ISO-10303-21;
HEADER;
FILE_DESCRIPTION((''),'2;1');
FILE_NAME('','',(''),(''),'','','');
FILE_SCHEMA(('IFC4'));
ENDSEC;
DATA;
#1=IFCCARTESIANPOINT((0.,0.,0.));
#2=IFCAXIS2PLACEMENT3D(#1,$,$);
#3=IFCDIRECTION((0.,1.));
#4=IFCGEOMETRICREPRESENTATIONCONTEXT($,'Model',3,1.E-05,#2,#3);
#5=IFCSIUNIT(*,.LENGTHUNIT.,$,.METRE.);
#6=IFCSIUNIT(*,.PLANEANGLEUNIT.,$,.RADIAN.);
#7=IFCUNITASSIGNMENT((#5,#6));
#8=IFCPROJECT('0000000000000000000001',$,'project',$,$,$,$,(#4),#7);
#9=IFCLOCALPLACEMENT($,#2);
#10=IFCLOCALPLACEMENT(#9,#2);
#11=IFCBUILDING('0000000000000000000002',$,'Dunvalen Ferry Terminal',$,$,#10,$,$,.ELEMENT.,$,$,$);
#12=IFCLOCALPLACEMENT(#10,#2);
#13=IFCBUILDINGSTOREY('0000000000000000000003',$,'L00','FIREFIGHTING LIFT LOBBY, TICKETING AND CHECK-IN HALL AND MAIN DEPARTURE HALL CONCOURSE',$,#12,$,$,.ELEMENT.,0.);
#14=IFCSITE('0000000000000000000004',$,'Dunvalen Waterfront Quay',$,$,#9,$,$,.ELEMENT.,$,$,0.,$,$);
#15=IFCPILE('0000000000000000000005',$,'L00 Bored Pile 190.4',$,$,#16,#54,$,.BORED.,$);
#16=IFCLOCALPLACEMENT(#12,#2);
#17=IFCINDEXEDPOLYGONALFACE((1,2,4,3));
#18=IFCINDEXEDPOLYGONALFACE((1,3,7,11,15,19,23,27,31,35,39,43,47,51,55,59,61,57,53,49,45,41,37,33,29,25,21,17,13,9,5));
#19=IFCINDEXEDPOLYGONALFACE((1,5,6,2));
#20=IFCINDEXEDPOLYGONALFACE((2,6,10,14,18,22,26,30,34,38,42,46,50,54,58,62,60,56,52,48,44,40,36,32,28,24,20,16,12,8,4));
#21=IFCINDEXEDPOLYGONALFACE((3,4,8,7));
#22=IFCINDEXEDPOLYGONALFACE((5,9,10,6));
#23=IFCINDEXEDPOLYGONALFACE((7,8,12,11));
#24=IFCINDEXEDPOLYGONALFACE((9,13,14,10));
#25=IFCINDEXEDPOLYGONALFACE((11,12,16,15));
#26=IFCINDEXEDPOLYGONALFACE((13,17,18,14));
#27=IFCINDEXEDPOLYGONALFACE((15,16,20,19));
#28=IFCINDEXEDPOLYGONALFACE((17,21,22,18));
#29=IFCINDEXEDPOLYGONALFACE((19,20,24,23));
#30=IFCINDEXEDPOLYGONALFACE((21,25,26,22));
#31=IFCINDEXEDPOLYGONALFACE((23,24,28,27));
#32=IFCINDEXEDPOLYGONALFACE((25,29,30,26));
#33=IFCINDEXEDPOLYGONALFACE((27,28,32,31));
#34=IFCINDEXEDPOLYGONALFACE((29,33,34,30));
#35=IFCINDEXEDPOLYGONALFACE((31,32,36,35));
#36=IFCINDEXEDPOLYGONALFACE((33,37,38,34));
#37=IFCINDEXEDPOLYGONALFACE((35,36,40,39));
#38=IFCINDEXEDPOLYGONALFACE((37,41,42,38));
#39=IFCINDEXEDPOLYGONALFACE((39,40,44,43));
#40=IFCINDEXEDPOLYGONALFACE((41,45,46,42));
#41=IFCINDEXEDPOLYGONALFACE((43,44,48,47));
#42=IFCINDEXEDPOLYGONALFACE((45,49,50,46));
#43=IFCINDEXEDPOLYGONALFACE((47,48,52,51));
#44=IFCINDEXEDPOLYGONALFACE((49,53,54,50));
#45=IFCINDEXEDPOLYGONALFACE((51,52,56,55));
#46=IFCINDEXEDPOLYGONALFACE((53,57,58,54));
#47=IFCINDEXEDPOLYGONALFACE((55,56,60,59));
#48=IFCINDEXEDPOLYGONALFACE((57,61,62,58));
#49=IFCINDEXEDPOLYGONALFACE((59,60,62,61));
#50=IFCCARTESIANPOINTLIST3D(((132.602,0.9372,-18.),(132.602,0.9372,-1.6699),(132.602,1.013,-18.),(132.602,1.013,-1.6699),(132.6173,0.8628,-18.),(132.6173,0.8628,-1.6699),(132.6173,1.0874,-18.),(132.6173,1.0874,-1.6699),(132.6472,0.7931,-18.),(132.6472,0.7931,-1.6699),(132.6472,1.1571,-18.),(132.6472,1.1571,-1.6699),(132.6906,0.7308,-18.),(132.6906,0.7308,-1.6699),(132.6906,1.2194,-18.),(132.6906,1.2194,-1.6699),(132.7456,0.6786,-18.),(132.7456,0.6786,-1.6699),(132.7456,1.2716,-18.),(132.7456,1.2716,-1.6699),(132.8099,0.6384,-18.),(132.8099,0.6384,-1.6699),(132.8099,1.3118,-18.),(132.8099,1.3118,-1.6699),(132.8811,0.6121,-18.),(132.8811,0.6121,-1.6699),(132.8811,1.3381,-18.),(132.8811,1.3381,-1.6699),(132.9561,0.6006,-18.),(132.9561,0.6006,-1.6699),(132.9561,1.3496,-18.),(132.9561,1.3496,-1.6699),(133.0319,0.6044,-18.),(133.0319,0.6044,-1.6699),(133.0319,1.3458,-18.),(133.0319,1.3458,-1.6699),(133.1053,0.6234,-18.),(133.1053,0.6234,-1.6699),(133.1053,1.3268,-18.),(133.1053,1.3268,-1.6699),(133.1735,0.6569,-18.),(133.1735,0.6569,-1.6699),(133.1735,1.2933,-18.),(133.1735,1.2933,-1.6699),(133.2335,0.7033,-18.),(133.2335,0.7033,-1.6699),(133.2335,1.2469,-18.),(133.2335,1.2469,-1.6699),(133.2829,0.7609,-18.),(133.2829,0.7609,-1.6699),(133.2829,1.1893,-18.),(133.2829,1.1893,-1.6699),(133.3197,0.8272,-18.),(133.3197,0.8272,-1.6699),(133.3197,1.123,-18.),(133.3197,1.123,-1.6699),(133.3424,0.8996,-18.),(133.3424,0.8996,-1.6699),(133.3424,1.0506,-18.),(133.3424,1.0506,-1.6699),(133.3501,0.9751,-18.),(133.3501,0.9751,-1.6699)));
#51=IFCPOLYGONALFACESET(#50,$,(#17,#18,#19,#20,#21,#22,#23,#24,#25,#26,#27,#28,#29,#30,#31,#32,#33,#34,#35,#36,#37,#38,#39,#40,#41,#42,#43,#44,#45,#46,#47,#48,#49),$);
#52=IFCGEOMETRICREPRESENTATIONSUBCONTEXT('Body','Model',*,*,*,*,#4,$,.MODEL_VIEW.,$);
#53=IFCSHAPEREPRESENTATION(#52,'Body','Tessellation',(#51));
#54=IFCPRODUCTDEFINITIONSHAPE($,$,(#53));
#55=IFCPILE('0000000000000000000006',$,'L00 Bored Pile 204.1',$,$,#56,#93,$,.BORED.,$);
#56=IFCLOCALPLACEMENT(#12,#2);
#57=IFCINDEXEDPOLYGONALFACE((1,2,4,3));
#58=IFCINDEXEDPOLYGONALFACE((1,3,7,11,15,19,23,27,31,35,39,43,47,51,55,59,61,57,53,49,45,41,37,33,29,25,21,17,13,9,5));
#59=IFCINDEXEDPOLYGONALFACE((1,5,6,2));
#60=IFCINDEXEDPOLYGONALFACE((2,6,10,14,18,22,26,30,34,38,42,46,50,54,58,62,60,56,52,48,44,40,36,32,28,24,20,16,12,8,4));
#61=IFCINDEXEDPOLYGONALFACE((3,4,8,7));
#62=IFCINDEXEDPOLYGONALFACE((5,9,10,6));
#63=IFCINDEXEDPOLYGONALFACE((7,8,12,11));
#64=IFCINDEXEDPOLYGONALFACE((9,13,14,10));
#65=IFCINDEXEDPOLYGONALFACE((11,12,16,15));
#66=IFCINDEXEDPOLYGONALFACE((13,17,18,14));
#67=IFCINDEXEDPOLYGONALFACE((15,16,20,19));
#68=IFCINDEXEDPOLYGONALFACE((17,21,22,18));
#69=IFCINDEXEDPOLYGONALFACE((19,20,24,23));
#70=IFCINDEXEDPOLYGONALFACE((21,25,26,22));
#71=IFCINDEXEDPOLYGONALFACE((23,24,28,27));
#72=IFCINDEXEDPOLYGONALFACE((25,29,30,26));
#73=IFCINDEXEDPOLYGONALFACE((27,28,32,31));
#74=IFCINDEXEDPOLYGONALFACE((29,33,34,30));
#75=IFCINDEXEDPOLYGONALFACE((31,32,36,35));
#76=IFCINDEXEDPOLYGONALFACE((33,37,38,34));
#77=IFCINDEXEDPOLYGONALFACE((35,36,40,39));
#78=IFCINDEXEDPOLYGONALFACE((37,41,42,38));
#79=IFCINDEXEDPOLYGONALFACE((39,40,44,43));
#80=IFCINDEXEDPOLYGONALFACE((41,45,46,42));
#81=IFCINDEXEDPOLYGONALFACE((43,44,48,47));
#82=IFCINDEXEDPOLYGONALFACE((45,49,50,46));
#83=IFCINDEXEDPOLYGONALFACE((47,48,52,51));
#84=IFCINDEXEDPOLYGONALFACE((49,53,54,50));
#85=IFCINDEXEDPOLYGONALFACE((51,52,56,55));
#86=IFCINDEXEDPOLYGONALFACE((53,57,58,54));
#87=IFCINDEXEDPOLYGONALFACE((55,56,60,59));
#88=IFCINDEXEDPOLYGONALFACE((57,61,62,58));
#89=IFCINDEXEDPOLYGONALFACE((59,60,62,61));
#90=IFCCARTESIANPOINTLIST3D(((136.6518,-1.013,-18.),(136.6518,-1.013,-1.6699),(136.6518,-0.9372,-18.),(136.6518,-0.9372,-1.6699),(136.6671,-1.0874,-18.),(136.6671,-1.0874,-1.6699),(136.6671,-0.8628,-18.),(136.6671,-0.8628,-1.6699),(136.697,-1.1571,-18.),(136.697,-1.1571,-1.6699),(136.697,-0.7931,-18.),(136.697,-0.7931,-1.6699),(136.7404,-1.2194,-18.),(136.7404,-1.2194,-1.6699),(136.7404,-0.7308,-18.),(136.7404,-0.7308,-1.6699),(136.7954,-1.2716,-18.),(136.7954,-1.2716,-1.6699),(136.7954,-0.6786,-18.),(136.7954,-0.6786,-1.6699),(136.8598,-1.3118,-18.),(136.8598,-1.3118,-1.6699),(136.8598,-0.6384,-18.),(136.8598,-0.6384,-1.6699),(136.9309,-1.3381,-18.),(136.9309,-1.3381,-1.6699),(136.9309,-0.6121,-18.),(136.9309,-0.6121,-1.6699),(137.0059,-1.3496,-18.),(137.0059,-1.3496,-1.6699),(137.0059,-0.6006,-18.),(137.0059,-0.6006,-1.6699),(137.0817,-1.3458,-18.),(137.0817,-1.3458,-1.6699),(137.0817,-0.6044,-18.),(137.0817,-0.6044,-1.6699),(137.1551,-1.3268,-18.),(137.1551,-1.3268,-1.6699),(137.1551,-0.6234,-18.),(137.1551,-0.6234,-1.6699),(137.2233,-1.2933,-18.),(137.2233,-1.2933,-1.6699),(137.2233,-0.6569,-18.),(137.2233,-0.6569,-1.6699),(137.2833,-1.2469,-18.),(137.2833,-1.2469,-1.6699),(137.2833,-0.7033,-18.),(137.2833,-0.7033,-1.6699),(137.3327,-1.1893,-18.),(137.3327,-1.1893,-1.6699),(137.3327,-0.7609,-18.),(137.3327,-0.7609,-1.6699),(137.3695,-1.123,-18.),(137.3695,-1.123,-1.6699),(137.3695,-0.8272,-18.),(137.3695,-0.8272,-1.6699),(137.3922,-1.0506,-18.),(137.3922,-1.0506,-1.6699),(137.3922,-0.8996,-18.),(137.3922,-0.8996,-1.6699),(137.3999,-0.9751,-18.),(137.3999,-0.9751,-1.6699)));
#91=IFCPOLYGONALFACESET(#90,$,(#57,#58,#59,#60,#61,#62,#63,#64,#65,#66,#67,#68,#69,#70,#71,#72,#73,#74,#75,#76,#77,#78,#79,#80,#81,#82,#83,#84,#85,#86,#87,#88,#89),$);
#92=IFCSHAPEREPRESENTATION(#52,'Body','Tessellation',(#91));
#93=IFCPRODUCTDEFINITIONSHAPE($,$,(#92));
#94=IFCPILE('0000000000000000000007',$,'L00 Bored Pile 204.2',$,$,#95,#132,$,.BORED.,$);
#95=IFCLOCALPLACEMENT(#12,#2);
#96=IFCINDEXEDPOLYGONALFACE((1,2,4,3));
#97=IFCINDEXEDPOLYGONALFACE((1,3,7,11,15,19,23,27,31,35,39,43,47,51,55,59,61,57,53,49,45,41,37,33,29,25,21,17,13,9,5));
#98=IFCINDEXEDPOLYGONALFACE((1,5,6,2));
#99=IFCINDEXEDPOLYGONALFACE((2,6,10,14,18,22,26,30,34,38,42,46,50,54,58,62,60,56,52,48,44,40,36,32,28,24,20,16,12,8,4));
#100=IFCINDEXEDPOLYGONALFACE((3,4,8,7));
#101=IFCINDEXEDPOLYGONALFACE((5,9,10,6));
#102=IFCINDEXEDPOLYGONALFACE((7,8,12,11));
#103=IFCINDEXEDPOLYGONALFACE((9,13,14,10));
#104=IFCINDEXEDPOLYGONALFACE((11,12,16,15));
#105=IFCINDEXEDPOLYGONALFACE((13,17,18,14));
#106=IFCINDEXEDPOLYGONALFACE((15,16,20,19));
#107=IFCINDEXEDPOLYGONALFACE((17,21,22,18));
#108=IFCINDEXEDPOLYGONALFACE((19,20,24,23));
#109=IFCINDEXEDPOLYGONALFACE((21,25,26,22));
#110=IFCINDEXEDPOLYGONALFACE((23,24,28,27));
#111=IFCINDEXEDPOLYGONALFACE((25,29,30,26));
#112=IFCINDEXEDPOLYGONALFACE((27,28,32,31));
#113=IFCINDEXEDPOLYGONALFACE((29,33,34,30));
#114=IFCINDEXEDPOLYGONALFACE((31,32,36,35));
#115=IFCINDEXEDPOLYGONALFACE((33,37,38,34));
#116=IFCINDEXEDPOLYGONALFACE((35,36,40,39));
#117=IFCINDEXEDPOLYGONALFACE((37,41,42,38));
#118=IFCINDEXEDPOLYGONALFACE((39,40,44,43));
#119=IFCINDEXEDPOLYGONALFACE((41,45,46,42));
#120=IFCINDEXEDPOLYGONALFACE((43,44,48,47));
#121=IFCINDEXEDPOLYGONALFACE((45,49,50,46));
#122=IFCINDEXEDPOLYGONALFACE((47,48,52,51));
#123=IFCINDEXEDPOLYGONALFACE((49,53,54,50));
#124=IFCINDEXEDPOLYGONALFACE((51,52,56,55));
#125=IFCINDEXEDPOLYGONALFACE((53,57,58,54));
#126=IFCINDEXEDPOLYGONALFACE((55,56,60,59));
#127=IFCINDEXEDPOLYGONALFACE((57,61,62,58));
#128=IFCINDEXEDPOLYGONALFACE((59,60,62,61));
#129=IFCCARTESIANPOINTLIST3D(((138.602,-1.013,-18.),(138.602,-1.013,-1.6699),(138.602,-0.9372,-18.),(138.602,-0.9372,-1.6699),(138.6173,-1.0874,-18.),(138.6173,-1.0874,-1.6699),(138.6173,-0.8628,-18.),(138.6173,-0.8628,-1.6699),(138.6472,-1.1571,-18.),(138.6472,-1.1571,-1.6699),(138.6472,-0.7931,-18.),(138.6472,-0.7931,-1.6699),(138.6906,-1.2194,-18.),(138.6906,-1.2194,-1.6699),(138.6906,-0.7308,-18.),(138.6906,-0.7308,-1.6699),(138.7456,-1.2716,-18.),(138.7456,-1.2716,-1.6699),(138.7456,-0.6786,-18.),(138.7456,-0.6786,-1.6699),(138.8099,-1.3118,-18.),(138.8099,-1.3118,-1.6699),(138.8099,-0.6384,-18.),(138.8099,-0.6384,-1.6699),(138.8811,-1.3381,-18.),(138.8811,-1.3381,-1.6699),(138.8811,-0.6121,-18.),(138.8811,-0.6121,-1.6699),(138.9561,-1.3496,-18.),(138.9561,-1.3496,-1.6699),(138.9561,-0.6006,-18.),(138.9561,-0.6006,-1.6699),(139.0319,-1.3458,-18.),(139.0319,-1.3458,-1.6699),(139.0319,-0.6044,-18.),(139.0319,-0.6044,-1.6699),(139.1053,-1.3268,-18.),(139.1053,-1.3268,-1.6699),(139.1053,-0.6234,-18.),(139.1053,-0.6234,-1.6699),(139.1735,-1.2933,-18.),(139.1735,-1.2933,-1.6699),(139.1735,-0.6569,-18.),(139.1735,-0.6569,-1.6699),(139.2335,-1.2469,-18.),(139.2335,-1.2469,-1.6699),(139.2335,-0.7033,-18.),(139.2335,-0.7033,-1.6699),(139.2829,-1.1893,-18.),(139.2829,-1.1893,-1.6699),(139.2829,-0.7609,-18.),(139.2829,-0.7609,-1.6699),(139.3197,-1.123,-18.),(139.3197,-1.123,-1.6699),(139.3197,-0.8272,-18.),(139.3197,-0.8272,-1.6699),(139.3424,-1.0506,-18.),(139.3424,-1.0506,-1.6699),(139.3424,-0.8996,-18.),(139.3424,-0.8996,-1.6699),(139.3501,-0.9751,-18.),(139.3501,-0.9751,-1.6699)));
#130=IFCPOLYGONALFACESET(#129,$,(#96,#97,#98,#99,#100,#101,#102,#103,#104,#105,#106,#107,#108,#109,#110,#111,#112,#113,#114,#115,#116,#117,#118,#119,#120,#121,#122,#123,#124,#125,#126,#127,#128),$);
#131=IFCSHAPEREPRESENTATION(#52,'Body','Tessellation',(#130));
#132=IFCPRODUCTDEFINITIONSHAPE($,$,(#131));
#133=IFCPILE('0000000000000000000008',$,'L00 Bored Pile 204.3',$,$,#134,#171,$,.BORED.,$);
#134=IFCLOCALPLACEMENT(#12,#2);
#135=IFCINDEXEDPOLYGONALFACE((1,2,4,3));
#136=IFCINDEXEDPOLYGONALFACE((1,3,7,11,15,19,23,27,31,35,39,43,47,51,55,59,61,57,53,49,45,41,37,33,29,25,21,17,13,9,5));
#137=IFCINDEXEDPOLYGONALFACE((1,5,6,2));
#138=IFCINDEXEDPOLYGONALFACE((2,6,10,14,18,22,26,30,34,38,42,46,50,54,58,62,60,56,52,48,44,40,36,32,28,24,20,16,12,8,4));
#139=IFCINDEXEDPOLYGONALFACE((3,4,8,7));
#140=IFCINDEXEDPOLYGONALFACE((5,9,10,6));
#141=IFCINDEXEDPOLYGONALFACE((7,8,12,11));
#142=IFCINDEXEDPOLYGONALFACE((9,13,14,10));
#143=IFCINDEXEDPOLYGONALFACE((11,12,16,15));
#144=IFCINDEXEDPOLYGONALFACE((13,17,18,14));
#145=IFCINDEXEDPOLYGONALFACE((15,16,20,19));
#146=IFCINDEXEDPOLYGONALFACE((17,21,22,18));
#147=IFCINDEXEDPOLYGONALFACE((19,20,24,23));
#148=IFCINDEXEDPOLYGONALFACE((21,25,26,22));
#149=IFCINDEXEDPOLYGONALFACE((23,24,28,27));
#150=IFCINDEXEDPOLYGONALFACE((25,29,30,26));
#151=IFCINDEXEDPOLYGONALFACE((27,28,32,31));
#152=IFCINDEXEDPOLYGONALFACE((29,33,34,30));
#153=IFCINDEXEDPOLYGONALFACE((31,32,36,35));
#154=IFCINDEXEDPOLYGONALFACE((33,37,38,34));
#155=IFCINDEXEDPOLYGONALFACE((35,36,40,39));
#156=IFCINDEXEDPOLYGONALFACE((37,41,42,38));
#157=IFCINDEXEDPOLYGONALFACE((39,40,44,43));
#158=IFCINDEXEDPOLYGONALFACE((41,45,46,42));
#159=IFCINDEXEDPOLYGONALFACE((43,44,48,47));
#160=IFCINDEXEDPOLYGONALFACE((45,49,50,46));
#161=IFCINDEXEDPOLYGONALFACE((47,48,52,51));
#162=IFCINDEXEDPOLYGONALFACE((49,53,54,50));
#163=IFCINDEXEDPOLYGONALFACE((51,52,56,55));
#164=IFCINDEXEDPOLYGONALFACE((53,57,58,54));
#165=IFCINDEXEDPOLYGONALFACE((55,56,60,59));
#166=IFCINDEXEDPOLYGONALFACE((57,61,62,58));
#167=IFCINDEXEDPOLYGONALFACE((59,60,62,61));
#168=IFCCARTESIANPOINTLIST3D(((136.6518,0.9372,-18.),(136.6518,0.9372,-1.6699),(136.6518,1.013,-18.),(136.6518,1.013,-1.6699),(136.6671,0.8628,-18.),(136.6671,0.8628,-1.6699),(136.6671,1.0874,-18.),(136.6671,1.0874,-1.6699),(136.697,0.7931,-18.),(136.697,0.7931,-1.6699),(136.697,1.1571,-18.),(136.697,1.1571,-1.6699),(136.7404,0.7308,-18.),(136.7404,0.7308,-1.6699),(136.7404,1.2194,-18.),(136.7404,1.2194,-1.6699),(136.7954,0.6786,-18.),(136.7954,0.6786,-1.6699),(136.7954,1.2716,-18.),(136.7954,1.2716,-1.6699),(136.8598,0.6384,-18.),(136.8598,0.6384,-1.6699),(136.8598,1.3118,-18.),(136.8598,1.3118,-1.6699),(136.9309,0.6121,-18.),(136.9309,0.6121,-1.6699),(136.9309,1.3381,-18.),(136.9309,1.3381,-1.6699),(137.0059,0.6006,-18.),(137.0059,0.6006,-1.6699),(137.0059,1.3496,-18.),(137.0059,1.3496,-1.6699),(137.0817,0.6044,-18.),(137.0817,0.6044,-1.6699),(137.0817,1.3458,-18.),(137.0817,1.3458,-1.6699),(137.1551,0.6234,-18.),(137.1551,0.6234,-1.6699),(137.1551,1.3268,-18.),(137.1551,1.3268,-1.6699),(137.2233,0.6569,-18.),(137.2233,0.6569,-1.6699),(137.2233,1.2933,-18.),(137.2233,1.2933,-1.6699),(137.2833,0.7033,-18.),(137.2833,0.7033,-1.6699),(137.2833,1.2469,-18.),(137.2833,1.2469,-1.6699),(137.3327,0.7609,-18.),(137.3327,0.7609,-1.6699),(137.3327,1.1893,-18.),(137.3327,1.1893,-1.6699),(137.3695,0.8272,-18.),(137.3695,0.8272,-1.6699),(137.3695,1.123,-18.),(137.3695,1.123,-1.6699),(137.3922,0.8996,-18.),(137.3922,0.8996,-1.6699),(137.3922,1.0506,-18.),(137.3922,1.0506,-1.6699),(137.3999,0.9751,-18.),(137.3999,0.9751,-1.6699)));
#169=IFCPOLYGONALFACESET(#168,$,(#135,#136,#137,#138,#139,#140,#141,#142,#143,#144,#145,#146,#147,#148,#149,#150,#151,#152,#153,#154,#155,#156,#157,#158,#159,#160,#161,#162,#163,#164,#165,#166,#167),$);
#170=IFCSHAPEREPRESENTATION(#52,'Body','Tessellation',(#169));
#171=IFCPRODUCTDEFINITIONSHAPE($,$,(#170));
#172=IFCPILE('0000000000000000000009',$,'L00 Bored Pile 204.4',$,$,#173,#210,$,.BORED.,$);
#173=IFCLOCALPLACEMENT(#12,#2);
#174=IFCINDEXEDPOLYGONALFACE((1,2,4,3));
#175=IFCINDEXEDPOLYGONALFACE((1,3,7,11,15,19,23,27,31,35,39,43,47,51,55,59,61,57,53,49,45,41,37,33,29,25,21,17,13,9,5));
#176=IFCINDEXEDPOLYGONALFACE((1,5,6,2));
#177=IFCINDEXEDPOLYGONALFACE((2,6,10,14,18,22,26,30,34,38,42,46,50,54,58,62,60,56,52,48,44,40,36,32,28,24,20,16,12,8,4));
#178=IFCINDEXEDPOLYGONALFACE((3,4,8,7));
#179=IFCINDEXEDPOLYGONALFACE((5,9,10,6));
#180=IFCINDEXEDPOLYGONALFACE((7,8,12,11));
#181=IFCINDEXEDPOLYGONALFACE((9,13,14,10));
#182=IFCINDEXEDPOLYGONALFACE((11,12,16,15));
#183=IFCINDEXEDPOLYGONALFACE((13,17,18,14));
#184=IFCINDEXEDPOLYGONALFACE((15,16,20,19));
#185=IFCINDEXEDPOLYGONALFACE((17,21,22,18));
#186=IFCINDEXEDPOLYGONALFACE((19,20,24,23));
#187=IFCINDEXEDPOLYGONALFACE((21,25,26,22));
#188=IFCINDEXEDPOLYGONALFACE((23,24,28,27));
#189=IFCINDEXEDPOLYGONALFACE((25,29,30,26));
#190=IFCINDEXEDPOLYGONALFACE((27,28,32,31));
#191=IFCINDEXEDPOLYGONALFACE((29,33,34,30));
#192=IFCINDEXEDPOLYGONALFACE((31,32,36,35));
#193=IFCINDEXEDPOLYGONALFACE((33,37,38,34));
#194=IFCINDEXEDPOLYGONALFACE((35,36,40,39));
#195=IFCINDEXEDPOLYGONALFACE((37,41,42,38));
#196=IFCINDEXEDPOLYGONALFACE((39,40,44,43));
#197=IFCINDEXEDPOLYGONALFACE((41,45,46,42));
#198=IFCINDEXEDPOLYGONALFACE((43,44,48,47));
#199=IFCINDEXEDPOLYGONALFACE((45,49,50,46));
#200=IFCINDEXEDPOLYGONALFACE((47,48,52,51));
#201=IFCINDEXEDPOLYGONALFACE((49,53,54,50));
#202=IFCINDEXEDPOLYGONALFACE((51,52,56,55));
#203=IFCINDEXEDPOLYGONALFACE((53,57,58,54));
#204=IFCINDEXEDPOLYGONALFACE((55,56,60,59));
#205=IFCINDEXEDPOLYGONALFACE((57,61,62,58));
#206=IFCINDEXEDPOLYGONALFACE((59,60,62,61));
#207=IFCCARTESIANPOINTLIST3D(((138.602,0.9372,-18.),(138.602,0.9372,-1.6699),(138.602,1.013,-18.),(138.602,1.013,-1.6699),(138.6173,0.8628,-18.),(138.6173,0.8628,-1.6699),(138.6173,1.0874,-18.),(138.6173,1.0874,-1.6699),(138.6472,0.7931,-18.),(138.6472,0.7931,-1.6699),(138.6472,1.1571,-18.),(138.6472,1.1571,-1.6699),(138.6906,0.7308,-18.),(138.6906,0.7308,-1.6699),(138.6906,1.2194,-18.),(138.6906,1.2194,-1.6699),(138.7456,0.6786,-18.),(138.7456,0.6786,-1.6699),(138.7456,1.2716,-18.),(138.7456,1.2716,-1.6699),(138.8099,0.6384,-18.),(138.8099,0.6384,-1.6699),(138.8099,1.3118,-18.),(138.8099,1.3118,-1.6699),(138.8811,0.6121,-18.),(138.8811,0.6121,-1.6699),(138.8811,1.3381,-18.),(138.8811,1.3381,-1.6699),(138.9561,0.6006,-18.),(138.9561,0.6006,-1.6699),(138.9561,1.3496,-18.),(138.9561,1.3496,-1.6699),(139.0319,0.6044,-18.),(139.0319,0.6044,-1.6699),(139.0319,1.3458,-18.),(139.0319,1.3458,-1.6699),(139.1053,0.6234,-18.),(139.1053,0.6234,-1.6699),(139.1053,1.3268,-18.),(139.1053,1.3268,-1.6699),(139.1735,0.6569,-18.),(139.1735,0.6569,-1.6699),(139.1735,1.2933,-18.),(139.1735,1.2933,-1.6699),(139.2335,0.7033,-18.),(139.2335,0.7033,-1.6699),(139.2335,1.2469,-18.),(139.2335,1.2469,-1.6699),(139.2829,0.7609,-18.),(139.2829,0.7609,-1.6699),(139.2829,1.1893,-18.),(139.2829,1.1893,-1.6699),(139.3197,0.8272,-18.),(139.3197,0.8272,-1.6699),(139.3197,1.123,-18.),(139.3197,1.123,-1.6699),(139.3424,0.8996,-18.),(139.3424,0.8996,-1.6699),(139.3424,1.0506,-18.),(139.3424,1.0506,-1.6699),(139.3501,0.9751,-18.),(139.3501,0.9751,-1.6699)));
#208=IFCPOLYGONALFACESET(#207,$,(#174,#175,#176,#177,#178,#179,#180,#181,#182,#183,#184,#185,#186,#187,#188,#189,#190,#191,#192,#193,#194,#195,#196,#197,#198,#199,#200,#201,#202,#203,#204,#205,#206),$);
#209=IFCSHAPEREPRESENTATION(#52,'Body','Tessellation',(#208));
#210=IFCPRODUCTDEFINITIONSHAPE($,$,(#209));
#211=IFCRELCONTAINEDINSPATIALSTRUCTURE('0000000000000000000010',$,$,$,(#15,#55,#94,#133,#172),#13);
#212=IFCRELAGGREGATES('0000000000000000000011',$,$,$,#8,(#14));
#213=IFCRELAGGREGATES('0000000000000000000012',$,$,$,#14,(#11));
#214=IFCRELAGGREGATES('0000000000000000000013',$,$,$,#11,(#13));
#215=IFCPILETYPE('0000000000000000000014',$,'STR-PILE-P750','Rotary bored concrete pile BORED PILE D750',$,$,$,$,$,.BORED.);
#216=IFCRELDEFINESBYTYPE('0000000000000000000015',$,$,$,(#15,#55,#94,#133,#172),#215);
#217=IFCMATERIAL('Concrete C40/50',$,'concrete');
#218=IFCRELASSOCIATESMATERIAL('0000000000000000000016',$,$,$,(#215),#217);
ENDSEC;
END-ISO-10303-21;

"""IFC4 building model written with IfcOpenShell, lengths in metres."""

from ifc_helpers import new_model, si_unit, direction, frame, origin, origin_2d, place, context, subcontext, project, spatial, circle, extrude, material, material_profile, profile_set, type_object, element, save


model = new_model("IFC4")

# Units and contexts
model_context = context("Model", 3, precision=1e-05, world=origin(), true_north=direction((0.0, 1.0)))
body_context = subcontext(model_context, "Body", "Model", "MODEL_VIEW")
ifc_project = project(units=[si_unit("LENGTHUNIT", "METRE"), si_unit("PLANEANGLEUNIT", "RADIAN")], contexts=[model_context])

# Site, building, storey
site_placement = place(None, origin())
site = spatial("IfcSite", under=ifc_project, at=site_placement, Name="Dunvalen Waterfront Quay", CompositionType="ELEMENT", RefElevation=0.0)
building_placement = place(site_placement, origin())
building = spatial("IfcBuilding", under=site, at=building_placement, Name="Dunvalen Ferry Terminal", CompositionType="ELEMENT")
storey_placement = place(building_placement, origin())
storey = spatial("IfcBuildingStorey", under=building, at=storey_placement, Name="L00", Description="FIREFIGHTING LIFT LOBBY, TICKETING AND CHECK-IN HALL AND MAIN DEPARTURE HALL CONCOURSE", CompositionType="ELEMENT", Elevation=0.0)

# Shared definitions
ifc_material_1 = material(Name="Concrete C40/50", Category="concrete")

# Piles
ifc_material_profile_1 = material_profile(ifc_material_1, circle(Radius=0.375, at=origin_2d()), Name="Concrete C40/50")
ifc_profile_set_1 = profile_set([ifc_material_profile_1], Name="Concrete C40/50")
pile_type = type_object("IfcPileType", Name="STR-PILE-P750", Description="Rotary bored concrete pile BORED PILE D750", PredefinedType="BORED", material=ifc_profile_set_1)
for number, where, z_axis, x_axis, name in (
    (1, (132.9751, 0.9751, -1.6699), (0.0, 0.0, -1.0), (1.0, 0.0, 0.0), "L00 Bored Pile 190.4"),
    (2, (137.0249, -0.9751, -1.6699), (0.0, 0.0, -1.0), (1.0, 0.0, 0.0), "L00 Bored Pile 204.1"),
    (3, (138.9751, -0.9751, -1.6699), (0.0, 0.0, -1.0), (1.0, 0.0, 0.0), "L00 Bored Pile 204.2"),
    (4, (137.0249, 0.9751, -1.6699), (0.0, 0.0, -1.0), (1.0, 0.0, 0.0), "L00 Bored Pile 204.3"),
    (5, (138.9751, 0.9751, -1.6699), (0.0, 0.0, -1.0), (1.0, 0.0, 0.0), "L00 Bored Pile 204.4"),
):
    element("IfcPile", number, at=place(storey_placement, frame(where, z_axis=z_axis, x_axis=x_axis)), inside=storey, type_object=pile_type, Name=name, PredefinedType="BORED", context=body_context, shape_type="SweptSolid", body=[
        extrude(circle(Radius=0.375, at=origin_2d()), origin(), (0.0, 0.0, 1.0), 16.3301),
    ])

save(model, "model.ifc")
